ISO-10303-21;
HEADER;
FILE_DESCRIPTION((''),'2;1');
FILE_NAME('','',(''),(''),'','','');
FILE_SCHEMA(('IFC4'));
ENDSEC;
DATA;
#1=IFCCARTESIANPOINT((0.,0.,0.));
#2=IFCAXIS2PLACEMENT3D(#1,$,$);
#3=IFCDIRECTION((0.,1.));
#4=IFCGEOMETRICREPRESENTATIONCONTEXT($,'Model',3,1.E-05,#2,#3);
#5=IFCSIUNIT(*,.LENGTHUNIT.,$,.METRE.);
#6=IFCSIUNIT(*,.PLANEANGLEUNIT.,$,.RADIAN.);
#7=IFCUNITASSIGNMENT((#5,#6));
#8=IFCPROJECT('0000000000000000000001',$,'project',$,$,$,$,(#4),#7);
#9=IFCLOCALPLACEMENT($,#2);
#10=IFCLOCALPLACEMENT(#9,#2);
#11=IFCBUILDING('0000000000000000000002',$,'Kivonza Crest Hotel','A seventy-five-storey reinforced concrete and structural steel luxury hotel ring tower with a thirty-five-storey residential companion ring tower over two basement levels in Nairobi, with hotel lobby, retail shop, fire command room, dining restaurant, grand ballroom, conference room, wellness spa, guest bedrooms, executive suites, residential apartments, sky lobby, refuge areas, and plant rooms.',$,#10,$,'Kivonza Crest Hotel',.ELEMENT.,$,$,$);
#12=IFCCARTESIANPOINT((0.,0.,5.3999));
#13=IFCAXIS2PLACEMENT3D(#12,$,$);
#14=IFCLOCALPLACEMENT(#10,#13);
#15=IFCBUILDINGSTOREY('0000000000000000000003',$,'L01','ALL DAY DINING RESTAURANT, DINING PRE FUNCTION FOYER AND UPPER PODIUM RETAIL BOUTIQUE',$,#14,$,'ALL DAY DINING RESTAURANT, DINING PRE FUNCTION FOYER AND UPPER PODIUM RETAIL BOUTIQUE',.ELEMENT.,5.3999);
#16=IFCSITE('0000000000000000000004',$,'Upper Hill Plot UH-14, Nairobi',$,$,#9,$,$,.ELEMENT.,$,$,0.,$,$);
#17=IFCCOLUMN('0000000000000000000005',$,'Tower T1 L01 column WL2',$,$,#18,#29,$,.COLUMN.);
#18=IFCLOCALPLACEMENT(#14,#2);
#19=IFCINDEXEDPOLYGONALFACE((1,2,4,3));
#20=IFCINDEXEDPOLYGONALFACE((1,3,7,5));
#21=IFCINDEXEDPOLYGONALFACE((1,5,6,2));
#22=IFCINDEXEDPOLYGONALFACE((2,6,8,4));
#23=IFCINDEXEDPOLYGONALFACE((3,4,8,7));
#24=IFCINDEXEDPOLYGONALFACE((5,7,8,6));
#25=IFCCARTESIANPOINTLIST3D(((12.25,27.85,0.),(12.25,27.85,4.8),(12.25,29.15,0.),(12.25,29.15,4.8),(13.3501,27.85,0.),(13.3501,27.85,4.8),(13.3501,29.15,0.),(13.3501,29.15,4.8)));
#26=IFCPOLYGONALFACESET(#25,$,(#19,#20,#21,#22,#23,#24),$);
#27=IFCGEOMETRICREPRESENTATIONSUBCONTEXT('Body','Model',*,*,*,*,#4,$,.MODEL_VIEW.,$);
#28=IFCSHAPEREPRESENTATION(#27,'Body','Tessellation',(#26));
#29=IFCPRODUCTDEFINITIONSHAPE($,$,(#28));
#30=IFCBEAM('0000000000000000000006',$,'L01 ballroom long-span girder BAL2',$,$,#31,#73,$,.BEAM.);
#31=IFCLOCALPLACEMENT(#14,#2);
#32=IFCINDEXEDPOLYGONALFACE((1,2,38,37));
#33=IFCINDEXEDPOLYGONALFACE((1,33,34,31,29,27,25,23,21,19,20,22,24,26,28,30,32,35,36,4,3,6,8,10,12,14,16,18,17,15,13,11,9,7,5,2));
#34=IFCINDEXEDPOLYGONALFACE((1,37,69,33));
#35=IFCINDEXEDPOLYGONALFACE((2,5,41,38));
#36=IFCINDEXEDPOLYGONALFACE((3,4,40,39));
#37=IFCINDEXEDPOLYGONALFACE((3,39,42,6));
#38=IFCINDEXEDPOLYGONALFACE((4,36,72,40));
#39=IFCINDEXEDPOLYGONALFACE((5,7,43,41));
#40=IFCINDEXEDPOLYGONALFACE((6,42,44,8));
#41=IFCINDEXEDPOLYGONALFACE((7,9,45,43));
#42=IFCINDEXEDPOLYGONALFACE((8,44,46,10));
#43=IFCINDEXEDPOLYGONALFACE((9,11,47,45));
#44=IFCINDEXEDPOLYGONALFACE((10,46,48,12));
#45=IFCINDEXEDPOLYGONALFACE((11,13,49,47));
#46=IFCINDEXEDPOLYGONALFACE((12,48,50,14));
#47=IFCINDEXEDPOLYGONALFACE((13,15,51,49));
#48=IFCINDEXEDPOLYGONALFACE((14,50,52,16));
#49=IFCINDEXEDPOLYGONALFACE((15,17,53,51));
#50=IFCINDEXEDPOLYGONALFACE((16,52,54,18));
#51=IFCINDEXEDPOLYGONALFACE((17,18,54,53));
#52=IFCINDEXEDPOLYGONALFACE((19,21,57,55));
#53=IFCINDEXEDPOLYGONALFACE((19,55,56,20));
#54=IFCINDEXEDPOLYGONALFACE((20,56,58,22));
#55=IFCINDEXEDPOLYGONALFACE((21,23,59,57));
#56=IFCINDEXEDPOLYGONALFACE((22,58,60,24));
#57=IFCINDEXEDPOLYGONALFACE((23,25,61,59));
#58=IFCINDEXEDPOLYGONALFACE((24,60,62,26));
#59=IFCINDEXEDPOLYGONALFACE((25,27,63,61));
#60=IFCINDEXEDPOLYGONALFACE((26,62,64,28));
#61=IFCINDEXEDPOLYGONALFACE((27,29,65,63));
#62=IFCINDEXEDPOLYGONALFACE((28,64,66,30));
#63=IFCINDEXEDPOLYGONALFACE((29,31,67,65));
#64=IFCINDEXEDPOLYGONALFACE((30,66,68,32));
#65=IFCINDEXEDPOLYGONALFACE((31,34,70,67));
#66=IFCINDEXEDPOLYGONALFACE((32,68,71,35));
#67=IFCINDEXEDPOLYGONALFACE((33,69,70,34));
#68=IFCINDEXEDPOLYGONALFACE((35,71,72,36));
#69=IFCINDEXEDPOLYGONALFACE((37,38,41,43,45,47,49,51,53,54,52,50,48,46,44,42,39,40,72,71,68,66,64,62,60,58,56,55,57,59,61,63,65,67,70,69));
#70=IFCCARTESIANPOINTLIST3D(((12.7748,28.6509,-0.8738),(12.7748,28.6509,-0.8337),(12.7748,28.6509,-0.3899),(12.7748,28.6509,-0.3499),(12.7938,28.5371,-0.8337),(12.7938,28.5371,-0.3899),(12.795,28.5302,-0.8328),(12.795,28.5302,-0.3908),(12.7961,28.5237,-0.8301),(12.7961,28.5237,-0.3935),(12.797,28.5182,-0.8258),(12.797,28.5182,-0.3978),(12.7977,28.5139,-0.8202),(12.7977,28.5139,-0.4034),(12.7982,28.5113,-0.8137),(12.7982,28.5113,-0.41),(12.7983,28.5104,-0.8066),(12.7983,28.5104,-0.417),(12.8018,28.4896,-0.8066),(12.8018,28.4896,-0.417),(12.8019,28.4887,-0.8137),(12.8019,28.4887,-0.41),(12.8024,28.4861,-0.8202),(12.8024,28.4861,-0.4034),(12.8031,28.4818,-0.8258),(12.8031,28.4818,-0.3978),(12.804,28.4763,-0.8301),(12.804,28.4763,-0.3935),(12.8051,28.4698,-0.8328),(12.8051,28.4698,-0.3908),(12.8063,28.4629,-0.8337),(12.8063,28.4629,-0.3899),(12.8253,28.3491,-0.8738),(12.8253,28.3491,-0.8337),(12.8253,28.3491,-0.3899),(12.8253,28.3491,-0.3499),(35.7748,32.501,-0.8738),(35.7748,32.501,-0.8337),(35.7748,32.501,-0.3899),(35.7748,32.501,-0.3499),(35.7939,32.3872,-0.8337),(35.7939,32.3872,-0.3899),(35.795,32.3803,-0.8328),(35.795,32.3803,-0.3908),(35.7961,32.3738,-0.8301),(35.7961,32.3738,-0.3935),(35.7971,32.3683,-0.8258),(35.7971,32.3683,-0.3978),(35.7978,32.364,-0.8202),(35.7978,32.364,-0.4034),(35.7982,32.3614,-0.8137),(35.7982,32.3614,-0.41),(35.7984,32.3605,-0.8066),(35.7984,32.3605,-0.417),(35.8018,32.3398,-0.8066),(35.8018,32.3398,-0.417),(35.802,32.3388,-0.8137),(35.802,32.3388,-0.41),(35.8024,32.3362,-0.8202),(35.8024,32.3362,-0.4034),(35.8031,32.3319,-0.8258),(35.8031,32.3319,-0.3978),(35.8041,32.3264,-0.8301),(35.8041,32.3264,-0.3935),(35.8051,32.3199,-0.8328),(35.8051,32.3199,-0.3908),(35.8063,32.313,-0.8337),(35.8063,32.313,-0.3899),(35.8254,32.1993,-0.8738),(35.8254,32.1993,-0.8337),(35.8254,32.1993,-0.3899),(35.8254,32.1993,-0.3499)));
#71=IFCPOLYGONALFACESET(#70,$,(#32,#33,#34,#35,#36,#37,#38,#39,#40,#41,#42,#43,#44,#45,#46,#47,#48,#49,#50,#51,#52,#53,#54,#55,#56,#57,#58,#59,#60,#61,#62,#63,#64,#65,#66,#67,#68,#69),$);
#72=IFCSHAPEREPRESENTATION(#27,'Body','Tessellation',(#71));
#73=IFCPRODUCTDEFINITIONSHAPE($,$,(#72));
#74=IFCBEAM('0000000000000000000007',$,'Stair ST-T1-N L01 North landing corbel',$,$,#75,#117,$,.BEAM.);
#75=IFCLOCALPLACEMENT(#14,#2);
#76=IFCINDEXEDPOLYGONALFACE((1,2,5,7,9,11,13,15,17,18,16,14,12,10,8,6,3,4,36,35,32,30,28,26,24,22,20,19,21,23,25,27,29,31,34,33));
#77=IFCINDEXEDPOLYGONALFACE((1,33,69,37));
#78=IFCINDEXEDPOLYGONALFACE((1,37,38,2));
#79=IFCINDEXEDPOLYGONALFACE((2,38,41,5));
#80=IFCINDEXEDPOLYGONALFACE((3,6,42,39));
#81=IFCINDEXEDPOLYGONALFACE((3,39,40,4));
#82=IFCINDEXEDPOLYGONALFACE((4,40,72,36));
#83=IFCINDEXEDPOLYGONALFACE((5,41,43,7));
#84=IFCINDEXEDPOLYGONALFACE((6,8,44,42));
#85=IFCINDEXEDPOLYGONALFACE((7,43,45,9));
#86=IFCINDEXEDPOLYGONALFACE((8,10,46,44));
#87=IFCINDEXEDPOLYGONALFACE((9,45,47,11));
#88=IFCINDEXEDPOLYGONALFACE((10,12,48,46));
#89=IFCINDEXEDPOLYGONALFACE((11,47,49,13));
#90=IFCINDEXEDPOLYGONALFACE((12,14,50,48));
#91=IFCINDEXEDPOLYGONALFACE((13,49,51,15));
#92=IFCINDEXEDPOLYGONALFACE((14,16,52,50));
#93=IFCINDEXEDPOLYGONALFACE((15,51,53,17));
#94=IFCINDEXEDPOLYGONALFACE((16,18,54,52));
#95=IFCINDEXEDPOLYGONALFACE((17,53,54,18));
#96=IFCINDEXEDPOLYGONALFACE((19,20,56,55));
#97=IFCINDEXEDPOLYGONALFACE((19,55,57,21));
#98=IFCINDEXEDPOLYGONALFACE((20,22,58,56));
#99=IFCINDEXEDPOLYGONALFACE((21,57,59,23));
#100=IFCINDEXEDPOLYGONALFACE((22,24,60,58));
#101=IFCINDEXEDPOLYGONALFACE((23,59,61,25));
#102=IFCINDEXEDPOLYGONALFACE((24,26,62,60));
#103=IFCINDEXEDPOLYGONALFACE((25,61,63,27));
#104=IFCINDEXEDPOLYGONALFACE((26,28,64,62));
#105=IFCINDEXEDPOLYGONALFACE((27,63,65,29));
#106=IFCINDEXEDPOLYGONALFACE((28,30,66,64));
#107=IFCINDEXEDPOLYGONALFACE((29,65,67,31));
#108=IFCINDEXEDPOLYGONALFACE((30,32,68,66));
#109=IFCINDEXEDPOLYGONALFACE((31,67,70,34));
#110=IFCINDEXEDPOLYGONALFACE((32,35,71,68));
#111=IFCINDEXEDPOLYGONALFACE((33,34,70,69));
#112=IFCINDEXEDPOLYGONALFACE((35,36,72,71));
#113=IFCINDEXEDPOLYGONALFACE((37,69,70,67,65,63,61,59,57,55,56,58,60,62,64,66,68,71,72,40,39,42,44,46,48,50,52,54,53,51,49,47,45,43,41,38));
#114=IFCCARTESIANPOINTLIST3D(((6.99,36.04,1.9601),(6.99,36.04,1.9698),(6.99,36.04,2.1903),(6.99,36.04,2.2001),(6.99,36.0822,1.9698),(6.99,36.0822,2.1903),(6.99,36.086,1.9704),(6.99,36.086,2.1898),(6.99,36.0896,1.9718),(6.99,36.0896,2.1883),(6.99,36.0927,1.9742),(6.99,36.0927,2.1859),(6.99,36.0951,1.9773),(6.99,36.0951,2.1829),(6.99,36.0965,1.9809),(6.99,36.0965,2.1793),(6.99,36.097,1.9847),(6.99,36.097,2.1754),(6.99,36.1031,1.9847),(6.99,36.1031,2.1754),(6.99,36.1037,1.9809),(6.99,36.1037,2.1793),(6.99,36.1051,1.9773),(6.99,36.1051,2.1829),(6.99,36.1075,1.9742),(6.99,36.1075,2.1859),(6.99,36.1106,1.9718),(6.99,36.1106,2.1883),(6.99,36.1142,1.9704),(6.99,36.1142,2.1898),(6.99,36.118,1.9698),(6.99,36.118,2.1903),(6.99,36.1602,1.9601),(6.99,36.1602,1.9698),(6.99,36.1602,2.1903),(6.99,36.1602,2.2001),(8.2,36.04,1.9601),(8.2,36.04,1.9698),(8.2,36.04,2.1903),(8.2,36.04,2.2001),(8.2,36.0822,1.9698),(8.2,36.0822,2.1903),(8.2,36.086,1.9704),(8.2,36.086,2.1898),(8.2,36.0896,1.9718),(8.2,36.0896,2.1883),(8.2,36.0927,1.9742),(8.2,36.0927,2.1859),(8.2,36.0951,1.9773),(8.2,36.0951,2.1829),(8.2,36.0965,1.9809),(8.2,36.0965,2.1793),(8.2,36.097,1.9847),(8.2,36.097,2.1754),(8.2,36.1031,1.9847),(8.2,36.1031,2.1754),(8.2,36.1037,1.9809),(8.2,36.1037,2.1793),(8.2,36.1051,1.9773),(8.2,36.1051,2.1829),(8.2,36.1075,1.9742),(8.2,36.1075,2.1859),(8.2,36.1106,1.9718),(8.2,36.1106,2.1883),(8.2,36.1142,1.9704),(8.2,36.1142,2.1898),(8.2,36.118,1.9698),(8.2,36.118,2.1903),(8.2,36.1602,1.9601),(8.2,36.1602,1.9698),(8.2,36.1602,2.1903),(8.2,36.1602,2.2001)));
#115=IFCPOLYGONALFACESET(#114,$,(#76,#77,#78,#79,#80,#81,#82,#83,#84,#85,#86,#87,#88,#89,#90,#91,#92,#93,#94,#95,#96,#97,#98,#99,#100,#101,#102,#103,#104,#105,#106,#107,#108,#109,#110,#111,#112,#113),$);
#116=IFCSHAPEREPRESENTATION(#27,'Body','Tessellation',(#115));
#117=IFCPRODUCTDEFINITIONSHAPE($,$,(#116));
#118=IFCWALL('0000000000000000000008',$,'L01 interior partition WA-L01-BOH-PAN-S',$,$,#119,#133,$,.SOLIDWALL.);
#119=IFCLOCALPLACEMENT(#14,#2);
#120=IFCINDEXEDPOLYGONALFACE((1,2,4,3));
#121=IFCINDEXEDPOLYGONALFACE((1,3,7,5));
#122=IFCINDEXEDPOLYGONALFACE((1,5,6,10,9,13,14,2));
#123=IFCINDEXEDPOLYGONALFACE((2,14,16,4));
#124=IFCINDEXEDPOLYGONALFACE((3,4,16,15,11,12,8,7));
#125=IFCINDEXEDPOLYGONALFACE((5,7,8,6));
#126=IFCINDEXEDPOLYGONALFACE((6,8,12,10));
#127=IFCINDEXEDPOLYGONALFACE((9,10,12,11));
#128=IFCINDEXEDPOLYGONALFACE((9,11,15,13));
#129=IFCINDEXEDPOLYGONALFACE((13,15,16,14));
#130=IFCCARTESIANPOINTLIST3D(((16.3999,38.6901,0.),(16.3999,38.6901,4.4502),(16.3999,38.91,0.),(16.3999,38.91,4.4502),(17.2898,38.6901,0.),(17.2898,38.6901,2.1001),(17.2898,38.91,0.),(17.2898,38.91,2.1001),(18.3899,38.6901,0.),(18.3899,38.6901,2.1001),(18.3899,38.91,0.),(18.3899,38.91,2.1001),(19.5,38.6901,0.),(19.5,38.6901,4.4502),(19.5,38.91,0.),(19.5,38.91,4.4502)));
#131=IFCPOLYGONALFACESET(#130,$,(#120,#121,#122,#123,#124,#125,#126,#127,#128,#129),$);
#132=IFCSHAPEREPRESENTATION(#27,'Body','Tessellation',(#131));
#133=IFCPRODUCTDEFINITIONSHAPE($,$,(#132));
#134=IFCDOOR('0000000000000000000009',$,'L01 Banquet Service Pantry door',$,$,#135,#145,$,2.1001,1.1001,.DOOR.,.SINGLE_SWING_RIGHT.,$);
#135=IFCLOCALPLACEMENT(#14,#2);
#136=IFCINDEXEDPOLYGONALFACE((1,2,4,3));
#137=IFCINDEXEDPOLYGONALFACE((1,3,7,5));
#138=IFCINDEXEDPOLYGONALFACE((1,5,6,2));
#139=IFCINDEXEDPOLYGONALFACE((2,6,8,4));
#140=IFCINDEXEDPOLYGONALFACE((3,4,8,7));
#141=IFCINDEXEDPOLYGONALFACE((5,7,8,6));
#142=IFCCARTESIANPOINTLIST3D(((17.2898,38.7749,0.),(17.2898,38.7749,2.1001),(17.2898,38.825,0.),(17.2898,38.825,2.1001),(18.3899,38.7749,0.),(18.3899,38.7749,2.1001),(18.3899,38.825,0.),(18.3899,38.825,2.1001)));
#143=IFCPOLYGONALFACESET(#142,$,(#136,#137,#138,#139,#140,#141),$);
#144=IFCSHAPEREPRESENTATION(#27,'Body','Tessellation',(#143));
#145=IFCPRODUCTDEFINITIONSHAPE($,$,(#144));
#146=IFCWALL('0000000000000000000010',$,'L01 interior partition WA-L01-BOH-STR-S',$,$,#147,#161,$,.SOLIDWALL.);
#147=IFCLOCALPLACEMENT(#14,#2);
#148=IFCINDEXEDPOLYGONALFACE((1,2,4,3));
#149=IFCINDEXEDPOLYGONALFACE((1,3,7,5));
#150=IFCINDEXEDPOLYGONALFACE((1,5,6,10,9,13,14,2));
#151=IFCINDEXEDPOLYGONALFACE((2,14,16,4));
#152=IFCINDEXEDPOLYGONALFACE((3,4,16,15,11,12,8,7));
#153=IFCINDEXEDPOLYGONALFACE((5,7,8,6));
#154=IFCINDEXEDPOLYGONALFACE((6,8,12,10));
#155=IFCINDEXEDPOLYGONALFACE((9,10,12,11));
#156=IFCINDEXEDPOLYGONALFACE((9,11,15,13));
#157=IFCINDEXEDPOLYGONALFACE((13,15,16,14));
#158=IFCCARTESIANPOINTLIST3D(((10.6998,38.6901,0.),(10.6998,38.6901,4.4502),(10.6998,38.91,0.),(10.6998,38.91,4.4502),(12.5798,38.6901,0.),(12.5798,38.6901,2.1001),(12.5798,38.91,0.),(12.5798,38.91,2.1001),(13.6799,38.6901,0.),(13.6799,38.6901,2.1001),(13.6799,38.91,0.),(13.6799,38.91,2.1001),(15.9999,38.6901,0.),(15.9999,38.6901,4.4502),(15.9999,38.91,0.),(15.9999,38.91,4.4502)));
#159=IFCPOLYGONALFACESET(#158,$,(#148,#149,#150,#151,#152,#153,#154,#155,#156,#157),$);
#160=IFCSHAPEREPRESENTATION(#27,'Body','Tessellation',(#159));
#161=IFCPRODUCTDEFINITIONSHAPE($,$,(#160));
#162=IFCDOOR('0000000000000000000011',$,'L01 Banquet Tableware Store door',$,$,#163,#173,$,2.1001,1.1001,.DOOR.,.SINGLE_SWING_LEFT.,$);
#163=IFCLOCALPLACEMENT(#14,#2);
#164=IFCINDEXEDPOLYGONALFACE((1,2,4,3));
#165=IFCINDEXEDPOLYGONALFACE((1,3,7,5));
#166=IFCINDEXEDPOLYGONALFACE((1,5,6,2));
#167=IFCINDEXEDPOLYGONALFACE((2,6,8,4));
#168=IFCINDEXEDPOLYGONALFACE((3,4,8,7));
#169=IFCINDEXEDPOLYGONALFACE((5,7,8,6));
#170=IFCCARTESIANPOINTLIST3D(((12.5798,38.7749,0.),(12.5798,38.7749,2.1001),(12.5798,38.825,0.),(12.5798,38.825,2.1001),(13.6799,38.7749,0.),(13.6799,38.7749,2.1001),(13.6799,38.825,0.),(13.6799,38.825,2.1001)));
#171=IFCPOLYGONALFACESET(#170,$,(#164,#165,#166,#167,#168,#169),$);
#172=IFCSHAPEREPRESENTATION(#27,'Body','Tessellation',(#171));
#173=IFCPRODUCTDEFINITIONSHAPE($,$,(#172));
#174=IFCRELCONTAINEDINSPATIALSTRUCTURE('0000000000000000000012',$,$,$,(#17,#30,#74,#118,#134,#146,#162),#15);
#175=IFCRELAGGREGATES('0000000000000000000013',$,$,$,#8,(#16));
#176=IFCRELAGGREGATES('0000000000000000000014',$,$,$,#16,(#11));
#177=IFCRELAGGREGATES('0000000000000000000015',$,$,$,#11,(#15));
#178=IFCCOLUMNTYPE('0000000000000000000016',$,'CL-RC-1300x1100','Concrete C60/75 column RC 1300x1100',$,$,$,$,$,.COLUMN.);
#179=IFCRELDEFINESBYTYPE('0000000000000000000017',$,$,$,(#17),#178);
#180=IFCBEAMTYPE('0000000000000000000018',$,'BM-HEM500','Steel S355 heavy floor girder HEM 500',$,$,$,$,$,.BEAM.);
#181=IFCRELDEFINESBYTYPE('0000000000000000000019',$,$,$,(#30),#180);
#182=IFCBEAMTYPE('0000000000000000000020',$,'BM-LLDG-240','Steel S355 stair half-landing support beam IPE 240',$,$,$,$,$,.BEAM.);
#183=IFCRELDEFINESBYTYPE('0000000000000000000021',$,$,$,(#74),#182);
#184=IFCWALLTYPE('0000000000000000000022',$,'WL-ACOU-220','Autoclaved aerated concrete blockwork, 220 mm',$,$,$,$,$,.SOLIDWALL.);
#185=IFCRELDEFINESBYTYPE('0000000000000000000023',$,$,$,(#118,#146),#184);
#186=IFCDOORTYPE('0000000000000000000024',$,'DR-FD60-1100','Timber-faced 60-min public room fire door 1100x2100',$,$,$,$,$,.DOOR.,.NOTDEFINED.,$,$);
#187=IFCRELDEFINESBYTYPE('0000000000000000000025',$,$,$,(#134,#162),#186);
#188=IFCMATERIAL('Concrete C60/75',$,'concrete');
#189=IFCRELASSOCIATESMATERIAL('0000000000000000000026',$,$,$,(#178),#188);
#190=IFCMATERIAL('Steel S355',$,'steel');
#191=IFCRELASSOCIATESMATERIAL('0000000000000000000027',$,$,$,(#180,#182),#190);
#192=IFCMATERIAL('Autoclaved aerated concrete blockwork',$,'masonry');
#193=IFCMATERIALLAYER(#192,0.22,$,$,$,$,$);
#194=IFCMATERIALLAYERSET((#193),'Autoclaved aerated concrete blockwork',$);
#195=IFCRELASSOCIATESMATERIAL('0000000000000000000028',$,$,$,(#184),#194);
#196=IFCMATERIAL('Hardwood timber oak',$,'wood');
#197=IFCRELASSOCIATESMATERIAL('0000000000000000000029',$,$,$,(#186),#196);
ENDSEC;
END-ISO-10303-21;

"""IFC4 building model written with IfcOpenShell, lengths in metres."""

from ifc_helpers import new_model, si_unit, direction, frame, frame_2d, origin, origin_2d, place, context, subcontext, project, spatial, rectangle, i_section, extrude, material, layer, layer_set, material_profile, profile_set, type_object, element, fill, save


model = new_model("IFC4")

# Units and contexts
model_context = context("Model", 3, precision=1e-05, world=origin(), true_north=direction((0.0, 1.0)))
body_context = subcontext(model_context, "Body", "Model", "MODEL_VIEW")
ifc_project = project(units=[si_unit("LENGTHUNIT", "METRE"), si_unit("PLANEANGLEUNIT", "RADIAN")], contexts=[model_context])

# Site, building, storey
site_placement = place(None, origin())
site = spatial("IfcSite", under=ifc_project, at=site_placement, Name="Upper Hill Plot UH-14, Nairobi", CompositionType="ELEMENT", RefElevation=0.0)
building_placement = place(site_placement, origin())
building = spatial("IfcBuilding", under=site, at=building_placement, Name="Kivonza Crest Hotel", Description="A seventy-five-storey reinforced concrete and structural steel luxury hotel ring tower with a thirty-five-storey residential companion ring tower over two basement levels in Nairobi, with hotel lobby, retail shop, fire command room, dining restaurant, grand ballroom, conference room, wellness spa, guest bedrooms, executive suites, residential apartments, sky lobby, refuge areas, and plant rooms.", LongName="Kivonza Crest Hotel", CompositionType="ELEMENT")
storey_placement = place(building_placement, frame((0.0, 0.0, 5.3999)))
storey = spatial("IfcBuildingStorey", under=building, at=storey_placement, Name="L01", Description="ALL DAY DINING RESTAURANT, DINING PRE FUNCTION FOYER AND UPPER PODIUM RETAIL BOUTIQUE", LongName="ALL DAY DINING RESTAURANT, DINING PRE FUNCTION FOYER AND UPPER PODIUM RETAIL BOUTIQUE", CompositionType="ELEMENT", Elevation=5.3999)

# Column
ifc_material_1 = material(Name="Concrete C60/75", Category="concrete")
ifc_material_profile_1 = material_profile(ifc_material_1, rectangle(XDim=1.1001, YDim=1.3, at=origin_2d()), Name="RC 1300x1100")
ifc_profile_set_1 = profile_set([ifc_material_profile_1], Name="Concrete C60/75")
column_type = type_object("IfcColumnType", Name="CL-RC-1300x1100", Description="Concrete C60/75 column RC 1300x1100", PredefinedType="COLUMN", material=ifc_profile_set_1)
column_placement = place(storey_placement, frame((12.8, 28.5, 0.0), z_axis=(0.0, 0.0, 1.0), x_axis=(1.0, 0.0, 0.0)))
element("IfcColumn", 1, at=column_placement, inside=storey, type_object=column_type, Name="Tower T1 L01 column WL2", PredefinedType="COLUMN", context=body_context, shape_type="SweptSolid", body=[
    extrude(rectangle(XDim=1.1001, YDim=1.3, at=origin_2d()), origin(), (0.0, 0.0, 1.0), 4.8),
])

# Beams
ifc_material_2 = material(Name="Steel S355", Category="steel")
ifc_material_profile_2 = material_profile(ifc_material_2, i_section(OverallWidth=0.3059, OverallDepth=0.5239, WebThickness=0.021, FlangeThickness=0.04, FilletRadius=0.0271, at=origin_2d()), Name="HEM 500")
ifc_profile_set_2 = profile_set([ifc_material_profile_2], Name="Steel S355")
beam_type_1 = type_object("IfcBeamType", Name="BM-HEM500", Description="Steel S355 heavy floor girder HEM 500", PredefinedType="BEAM", material=ifc_profile_set_2)
beam_1_placement = place(storey_placement, frame((12.8, 28.5, -0.6118), z_axis=(0.986277, 0.165098, 0.0), x_axis=(-0.165098, 0.986277, 0.0)))
element("IfcBeam", 2, at=beam_1_placement, inside=storey, type_object=beam_type_1, Name="L01 ballroom long-span girder BAL2", PredefinedType="BEAM", context=body_context, shape_type="SweptSolid", body=[
    extrude(i_section(OverallWidth=0.3059, OverallDepth=0.5239, WebThickness=0.021, FlangeThickness=0.04, FilletRadius=0.0271, at=origin_2d()), origin(), (0.0, 0.0, 1.0), 23.3201),
])
ifc_material_profile_3 = material_profile(ifc_material_2, i_section(OverallWidth=0.1201, OverallDepth=0.24, WebThickness=0.0061, FlangeThickness=0.0098, FilletRadius=0.0149, at=origin_2d()), Name="IPE 240")
ifc_profile_set_3 = profile_set([ifc_material_profile_3], Name="Steel S355")
beam_type_2 = type_object("IfcBeamType", Name="BM-LLDG-240", Description="Steel S355 stair half-landing support beam IPE 240", PredefinedType="BEAM", material=ifc_profile_set_3)
beam_2_placement = place(storey_placement, frame((6.99, 36.1001, 2.0801), z_axis=(1.0, 0.0, 0.0), x_axis=(0.0, 1.0, 0.0)))
element("IfcBeam", 3, at=beam_2_placement, inside=storey, type_object=beam_type_2, Name="Stair ST-T1-N L01 North landing corbel", PredefinedType="BEAM", context=body_context, shape_type="SweptSolid", body=[
    extrude(i_section(OverallWidth=0.1201, OverallDepth=0.24, WebThickness=0.0061, FlangeThickness=0.0098, FilletRadius=0.0149, at=origin_2d()), origin(), (0.0, 0.0, 1.0), 1.21),
])

# Walls, openings, doors
ifc_material_3 = material(Name="Autoclaved aerated concrete blockwork", Category="masonry")
ifc_layer_1 = layer(ifc_material_3, 0.22)
ifc_layer_set_1 = layer_set([ifc_layer_1], Name="Autoclaved aerated concrete blockwork")
wall_type_1 = type_object("IfcWallType", Name="WL-ACOU-220", Description="Autoclaved aerated concrete blockwork, 220 mm", PredefinedType="SOLIDWALL", material=ifc_layer_set_1)
wall_1_placement = place(storey_placement, frame((16.3999, 38.8, 0.0), z_axis=(0.0, 0.0, 1.0), x_axis=(1.0, 0.0, 0.0)))
wall_1 = element("IfcWall", 4, at=wall_1_placement, inside=storey, type_object=wall_type_1, Name="L01 interior partition WA-L01-BOH-PAN-S", PredefinedType="SOLIDWALL", context=body_context, shape_type="SweptSolid", body=[
    extrude(rectangle(XDim=3.1001, YDim=0.22, at=frame_2d((1.55, 0.0))), origin(), (0.0, 0.0, 1.0), 4.4502),
])
opening_1_placement = place(wall_1_placement, frame((0.8899, 0.0, 0.0)))
opening_1 = element("IfcOpeningElement", 5, at=opening_1_placement, cuts=wall_1, PredefinedType="OPENING", context=body_context, shape_type="SweptSolid", body=[
    extrude(rectangle(XDim=1.1001, YDim=2.1001, at=frame_2d((0.55, 1.05))), frame((0.0, 0.1201, 0.0), z_axis=(0.0, -1.0, 0.0), x_axis=(1.0, 0.0, 0.0)), (0.0, 0.0, 1.0), 0.24),
])
ifc_material_4 = material(Name="Hardwood timber oak", Category="wood")
door_type_1 = type_object("IfcDoorType", Name="DR-FD60-1100", Description="Timber-faced 60-min public room fire door 1100x2100", OperationType="NOTDEFINED", PredefinedType="DOOR", material=ifc_material_4)
door_1_placement = place(opening_1_placement, origin())
door_1 = element("IfcDoor", 6, at=door_1_placement, inside=storey, type_object=door_type_1, Name="L01 Banquet Service Pantry door", OperationType="SINGLE_SWING_RIGHT", OverallHeight=2.1001, OverallWidth=1.1001, PredefinedType="DOOR", context=body_context, shape_type="SweptSolid", body=[
    extrude(rectangle(XDim=1.1001, YDim=2.1001, at=frame_2d((0.55, 1.05))), frame((0.0, 0.0249, 0.0), z_axis=(0.0, -1.0, 0.0), x_axis=(1.0, 0.0, 0.0)), (0.0, 0.0, 1.0), 0.05),
])
fill(opening_1, door_1)
wall_2_placement = place(storey_placement, frame((10.7, 38.8, 0.0), z_axis=(0.0, 0.0, 1.0), x_axis=(1.0, 0.0, 0.0)))
wall_2 = element("IfcWall", 7, at=wall_2_placement, inside=storey, type_object=wall_type_1, Name="L01 interior partition WA-L01-BOH-STR-S", PredefinedType="SOLIDWALL", context=body_context, shape_type="SweptSolid", body=[
    extrude(rectangle(XDim=5.3, YDim=0.22, at=frame_2d((2.6499, 0.0))), origin(), (0.0, 0.0, 1.0), 4.4502),
])
opening_2_placement = place(wall_2_placement, frame((1.8799, 0.0, 0.0)))
opening_2 = element("IfcOpeningElement", 8, at=opening_2_placement, cuts=wall_2, PredefinedType="OPENING", context=body_context, shape_type="SweptSolid", body=[
    extrude(rectangle(XDim=1.1001, YDim=2.1001, at=frame_2d((0.55, 1.05))), frame((0.0, 0.1201, 0.0), z_axis=(0.0, -1.0, 0.0), x_axis=(1.0, 0.0, 0.0)), (0.0, 0.0, 1.0), 0.24),
])
door_2_placement = place(opening_2_placement, origin())
door_2 = element("IfcDoor", 9, at=door_2_placement, inside=storey, type_object=door_type_1, Name="L01 Banquet Tableware Store door", OperationType="SINGLE_SWING_LEFT", OverallHeight=2.1001, OverallWidth=1.1001, PredefinedType="DOOR", context=body_context, shape_type="SweptSolid", body=[
    extrude(rectangle(XDim=1.1001, YDim=2.1001, at=frame_2d((0.55, 1.05))), frame((0.0, 0.0249, 0.0), z_axis=(0.0, -1.0, 0.0), x_axis=(1.0, 0.0, 0.0)), (0.0, 0.0, 1.0), 0.05),
])
fill(opening_2, door_2)

save(model, "model.ifc")
